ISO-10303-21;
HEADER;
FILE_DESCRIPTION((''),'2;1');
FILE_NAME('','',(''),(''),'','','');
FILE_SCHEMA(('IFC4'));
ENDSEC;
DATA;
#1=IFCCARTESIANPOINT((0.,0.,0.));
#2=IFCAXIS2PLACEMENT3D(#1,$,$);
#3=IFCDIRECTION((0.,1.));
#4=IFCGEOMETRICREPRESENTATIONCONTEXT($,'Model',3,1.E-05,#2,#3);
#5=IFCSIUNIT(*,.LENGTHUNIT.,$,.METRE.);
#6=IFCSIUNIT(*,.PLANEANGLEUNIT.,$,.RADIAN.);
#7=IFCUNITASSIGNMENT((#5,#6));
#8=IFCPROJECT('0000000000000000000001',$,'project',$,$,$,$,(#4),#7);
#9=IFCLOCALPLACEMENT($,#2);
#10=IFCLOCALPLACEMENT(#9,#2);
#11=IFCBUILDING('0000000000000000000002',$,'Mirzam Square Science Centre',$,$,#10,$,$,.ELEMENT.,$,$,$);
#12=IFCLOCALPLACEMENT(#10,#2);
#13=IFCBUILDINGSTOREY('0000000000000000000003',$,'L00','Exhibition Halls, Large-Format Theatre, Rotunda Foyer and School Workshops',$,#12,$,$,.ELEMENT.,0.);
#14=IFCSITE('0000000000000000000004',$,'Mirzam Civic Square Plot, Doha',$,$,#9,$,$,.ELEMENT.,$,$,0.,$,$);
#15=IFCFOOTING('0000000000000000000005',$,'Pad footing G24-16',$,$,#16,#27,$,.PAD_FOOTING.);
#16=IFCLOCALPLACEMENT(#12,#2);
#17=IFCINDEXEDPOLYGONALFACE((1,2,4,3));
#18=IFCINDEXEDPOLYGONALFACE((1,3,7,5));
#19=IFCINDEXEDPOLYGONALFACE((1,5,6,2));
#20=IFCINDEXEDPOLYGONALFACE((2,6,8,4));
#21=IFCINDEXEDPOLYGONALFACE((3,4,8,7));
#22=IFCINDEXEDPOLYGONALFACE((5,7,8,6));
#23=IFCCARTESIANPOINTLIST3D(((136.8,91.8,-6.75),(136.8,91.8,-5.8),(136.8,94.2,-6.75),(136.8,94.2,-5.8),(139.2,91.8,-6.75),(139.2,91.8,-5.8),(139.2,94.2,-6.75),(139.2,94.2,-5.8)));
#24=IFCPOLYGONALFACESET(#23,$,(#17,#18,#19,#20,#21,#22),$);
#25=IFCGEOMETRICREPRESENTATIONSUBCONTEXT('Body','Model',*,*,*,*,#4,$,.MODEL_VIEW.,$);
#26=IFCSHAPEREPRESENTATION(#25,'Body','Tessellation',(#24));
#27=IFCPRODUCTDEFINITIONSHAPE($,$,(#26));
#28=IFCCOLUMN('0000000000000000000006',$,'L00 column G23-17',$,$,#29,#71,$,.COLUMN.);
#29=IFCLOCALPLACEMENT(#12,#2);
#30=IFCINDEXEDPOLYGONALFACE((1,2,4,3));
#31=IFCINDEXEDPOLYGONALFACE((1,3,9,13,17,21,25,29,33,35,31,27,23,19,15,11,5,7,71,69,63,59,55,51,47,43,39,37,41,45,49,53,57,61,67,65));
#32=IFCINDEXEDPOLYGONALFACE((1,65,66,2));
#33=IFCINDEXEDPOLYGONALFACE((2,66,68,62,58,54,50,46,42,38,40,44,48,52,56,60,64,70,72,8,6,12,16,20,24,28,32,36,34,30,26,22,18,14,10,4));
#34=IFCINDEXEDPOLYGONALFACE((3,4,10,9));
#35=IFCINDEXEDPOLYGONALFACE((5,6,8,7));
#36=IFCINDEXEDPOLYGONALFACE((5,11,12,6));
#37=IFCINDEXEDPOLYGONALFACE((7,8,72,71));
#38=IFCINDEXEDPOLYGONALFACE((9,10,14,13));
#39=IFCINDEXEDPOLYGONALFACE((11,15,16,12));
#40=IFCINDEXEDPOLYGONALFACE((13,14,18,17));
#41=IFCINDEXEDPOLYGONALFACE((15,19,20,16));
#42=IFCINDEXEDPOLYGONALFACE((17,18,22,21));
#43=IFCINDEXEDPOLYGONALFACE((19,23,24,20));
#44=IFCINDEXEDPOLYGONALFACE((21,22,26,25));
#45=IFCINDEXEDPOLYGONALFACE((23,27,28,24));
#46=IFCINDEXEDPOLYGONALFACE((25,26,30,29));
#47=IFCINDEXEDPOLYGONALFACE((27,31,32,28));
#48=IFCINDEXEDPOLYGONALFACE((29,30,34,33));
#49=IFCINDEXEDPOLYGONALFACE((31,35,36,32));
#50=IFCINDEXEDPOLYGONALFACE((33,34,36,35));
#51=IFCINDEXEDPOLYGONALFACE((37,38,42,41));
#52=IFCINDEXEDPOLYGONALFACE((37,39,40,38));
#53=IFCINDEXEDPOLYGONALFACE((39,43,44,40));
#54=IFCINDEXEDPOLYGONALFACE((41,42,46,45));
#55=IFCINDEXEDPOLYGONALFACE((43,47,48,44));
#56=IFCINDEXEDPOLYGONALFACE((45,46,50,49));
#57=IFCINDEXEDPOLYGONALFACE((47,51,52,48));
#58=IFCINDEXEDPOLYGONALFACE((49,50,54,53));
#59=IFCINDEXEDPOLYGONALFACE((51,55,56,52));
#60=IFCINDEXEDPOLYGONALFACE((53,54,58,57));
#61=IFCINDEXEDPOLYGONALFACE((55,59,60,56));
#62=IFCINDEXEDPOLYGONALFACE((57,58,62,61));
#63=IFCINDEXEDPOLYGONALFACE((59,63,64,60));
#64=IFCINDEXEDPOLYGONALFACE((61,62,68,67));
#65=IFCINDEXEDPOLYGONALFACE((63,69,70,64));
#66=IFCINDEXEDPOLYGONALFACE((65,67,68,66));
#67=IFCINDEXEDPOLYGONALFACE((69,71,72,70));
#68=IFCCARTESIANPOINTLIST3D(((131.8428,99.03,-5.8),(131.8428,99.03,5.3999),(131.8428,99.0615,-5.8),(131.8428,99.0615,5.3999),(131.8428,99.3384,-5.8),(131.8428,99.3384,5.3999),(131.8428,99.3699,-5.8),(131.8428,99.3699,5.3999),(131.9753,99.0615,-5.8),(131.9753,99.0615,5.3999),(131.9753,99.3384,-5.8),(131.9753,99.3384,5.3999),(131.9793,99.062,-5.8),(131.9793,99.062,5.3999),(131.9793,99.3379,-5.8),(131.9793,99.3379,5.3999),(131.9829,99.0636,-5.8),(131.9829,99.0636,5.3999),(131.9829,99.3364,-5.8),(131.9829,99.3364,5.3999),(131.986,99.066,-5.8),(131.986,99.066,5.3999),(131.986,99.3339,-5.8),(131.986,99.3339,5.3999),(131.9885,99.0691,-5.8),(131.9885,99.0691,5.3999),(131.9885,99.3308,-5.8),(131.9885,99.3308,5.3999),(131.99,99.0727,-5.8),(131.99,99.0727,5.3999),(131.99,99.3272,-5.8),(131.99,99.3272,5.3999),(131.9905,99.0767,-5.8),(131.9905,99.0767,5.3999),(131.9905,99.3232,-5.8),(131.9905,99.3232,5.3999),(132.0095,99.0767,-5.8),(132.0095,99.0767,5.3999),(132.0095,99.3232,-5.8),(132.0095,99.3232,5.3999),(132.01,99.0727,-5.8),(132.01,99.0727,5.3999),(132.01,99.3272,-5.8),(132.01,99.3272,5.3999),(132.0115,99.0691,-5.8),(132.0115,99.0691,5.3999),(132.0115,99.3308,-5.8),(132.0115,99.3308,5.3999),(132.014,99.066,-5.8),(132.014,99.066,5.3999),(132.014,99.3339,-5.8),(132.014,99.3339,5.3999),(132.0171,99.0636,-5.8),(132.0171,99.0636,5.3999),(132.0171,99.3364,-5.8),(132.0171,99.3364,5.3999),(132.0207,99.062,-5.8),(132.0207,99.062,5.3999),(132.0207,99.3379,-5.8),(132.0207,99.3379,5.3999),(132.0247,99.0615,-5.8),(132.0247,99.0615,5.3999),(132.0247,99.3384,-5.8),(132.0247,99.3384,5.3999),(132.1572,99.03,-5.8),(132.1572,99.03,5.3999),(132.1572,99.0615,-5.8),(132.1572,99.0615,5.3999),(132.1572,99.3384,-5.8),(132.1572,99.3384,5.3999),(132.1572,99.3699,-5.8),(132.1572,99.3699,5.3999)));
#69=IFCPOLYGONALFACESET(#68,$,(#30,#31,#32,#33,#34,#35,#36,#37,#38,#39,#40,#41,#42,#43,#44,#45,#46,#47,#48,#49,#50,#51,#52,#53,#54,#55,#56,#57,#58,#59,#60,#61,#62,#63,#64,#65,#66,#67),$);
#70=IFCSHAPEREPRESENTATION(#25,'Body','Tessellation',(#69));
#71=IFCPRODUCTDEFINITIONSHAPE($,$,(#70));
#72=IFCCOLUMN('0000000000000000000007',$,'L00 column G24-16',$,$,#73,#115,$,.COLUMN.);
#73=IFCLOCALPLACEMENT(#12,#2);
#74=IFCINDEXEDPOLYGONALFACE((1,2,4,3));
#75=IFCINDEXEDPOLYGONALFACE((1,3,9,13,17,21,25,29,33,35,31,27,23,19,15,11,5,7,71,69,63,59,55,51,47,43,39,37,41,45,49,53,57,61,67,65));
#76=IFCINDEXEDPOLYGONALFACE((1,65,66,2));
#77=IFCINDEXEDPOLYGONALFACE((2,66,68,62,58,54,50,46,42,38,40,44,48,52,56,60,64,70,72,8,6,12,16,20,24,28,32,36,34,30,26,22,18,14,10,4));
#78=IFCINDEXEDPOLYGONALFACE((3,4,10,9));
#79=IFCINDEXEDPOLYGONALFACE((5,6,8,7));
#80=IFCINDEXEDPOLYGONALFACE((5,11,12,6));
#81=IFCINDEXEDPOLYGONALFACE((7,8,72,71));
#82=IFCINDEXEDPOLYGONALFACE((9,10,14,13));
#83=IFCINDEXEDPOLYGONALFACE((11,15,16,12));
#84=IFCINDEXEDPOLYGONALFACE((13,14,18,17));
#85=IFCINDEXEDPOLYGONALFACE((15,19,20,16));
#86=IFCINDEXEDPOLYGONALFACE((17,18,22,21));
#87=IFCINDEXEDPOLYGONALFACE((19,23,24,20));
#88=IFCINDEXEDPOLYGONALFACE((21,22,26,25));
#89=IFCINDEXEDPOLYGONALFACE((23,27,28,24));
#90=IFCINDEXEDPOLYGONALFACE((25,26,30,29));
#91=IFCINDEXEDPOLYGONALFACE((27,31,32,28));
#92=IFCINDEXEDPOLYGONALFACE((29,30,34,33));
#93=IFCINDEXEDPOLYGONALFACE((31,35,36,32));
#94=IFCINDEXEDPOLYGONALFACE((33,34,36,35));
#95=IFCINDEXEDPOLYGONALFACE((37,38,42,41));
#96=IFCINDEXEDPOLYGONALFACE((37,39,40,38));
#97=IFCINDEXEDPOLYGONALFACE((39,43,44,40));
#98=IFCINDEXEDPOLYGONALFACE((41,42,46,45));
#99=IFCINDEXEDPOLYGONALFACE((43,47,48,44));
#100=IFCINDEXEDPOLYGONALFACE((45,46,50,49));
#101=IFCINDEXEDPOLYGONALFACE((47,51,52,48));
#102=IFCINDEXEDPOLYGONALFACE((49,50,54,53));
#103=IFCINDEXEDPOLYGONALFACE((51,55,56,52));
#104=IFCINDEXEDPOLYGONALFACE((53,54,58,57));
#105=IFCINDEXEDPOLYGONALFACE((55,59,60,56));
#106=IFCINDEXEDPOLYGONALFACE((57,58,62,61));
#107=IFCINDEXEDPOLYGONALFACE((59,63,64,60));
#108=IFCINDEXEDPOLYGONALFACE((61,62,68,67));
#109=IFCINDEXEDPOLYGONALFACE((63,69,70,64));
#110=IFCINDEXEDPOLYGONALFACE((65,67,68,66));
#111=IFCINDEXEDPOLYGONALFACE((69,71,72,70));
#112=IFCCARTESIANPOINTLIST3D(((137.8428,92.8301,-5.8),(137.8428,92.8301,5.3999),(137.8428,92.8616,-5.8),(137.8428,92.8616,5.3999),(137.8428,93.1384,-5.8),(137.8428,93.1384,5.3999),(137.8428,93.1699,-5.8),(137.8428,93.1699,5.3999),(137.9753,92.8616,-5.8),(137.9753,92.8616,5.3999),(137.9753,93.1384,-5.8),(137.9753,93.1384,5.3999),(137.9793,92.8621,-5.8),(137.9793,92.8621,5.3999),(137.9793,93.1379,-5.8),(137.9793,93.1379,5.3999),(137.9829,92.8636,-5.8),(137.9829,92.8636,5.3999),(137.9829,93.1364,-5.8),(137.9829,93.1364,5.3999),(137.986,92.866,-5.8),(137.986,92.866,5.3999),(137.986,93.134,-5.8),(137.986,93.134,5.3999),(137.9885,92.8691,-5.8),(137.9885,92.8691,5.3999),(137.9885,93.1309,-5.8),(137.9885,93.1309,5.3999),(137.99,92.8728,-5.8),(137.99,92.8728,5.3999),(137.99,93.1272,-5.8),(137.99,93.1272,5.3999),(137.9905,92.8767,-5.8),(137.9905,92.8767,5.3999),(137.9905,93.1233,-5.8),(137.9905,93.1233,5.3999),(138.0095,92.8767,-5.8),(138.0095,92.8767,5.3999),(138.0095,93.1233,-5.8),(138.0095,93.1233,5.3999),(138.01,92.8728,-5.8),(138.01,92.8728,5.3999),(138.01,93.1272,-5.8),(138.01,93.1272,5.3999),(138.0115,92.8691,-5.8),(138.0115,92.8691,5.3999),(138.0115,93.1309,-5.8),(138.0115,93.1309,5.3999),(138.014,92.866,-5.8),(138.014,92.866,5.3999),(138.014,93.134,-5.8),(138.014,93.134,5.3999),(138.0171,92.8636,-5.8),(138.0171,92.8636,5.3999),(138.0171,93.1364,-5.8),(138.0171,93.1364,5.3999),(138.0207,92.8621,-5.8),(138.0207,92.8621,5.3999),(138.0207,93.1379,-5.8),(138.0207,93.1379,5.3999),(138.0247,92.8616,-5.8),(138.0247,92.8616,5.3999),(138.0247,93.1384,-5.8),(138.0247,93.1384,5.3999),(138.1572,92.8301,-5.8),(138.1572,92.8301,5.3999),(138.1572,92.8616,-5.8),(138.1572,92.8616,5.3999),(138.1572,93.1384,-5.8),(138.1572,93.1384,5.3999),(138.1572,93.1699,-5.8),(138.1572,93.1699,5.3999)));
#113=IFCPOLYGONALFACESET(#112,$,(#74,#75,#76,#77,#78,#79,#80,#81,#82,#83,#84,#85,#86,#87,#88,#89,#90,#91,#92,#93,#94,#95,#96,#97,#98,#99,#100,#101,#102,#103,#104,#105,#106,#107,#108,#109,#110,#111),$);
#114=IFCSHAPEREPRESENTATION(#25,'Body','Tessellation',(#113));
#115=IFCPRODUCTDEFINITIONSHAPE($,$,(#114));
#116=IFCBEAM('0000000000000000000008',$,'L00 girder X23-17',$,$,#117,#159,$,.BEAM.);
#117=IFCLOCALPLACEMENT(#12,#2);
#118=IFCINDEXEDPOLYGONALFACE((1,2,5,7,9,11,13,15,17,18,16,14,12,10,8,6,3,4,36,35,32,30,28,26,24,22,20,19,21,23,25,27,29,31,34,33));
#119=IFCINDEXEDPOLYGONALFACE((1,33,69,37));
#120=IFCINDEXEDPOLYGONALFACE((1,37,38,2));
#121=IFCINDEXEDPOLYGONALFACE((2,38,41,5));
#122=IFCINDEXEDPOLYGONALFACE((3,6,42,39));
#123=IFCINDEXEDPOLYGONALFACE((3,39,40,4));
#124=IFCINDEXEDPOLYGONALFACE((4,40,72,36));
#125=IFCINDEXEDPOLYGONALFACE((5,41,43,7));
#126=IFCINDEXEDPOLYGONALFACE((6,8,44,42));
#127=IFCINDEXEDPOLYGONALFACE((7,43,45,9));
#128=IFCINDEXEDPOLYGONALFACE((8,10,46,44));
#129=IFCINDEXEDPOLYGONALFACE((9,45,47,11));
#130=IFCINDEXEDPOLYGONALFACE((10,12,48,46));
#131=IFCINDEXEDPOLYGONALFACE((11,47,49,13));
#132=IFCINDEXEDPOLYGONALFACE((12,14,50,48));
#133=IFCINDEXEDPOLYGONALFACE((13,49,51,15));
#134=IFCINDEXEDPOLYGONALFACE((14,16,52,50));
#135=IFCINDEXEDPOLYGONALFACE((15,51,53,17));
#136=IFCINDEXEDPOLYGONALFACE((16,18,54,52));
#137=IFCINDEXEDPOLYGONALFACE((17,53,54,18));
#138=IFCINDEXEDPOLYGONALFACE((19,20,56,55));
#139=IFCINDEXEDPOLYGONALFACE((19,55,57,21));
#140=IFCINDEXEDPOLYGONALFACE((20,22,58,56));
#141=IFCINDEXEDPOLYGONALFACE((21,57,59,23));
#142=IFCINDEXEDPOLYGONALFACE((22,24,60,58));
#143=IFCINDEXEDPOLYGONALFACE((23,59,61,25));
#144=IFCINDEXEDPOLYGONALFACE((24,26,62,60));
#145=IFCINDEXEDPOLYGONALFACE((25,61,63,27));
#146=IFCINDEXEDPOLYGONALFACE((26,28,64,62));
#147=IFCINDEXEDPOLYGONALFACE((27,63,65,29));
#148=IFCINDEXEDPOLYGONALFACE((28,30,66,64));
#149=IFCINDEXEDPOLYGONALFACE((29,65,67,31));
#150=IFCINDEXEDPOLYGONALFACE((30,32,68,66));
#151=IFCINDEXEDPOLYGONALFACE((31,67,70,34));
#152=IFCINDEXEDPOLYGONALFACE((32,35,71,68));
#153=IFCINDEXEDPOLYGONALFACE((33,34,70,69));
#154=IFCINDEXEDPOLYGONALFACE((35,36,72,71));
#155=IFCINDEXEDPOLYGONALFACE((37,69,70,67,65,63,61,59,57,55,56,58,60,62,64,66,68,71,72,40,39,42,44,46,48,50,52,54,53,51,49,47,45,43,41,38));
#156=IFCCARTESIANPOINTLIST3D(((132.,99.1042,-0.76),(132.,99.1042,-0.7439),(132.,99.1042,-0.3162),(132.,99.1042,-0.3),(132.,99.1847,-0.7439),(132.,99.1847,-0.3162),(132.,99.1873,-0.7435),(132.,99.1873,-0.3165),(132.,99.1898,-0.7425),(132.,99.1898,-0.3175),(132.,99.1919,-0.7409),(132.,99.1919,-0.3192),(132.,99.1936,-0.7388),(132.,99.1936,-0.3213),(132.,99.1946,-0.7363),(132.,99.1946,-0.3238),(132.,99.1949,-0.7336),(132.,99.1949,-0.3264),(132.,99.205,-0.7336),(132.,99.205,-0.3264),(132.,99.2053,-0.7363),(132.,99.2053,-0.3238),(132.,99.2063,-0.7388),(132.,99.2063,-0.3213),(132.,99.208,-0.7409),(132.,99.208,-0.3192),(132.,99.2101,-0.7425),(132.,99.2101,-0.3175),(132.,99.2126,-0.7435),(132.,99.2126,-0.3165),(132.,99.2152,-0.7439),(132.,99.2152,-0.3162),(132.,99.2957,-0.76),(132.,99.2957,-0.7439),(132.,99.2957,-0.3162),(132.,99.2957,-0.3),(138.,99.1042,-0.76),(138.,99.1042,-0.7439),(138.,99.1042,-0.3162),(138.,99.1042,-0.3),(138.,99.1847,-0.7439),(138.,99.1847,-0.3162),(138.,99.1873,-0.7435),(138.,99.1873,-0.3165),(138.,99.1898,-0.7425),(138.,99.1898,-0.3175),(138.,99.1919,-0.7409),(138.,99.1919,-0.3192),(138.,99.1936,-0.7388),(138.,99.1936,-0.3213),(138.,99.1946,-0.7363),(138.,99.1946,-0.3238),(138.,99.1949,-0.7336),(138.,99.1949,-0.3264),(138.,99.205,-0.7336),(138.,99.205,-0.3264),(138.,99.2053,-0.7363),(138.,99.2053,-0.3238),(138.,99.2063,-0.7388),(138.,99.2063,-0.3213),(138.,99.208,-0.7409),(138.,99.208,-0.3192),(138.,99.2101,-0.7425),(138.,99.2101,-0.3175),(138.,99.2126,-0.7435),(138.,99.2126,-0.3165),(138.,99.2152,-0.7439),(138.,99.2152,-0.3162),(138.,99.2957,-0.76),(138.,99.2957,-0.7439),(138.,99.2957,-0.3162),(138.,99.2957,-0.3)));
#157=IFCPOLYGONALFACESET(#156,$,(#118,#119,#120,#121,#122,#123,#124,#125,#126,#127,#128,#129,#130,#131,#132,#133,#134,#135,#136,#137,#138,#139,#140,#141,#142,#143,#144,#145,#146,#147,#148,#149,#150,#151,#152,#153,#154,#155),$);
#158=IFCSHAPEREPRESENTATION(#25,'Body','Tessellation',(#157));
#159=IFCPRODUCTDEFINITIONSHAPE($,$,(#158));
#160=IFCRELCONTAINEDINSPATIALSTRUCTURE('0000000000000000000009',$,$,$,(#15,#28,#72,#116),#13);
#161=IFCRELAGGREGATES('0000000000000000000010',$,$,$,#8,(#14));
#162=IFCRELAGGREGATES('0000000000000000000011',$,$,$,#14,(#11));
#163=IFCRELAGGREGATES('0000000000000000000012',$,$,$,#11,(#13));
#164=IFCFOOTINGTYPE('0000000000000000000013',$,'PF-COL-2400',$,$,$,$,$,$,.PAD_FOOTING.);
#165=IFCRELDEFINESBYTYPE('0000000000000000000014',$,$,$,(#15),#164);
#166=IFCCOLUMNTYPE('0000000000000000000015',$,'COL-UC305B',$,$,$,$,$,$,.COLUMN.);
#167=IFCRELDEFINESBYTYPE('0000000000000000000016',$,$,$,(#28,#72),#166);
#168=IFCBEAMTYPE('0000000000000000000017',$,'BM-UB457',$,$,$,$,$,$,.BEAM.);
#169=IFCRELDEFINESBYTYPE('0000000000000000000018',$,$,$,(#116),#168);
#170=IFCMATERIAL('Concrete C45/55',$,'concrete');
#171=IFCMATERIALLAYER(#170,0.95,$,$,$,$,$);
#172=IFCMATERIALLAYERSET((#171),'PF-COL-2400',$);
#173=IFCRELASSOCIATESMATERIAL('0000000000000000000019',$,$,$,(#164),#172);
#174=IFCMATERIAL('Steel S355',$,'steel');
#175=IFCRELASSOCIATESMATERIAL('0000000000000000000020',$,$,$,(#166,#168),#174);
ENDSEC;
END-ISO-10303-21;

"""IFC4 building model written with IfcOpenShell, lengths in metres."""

from ifc_helpers import new_model, si_unit, direction, frame, origin, origin_2d, place, context, subcontext, project, spatial, rectangle, i_section, extrude, material, layer, layer_set, material_profile, profile_set, type_object, element, save


model = new_model("IFC4")

# Units and contexts
model_context = context("Model", 3, precision=1e-05, world=origin(), true_north=direction((0.0, 1.0)))
body_context = subcontext(model_context, "Body", "Model", "MODEL_VIEW")
ifc_project = project(units=[si_unit("LENGTHUNIT", "METRE"), si_unit("PLANEANGLEUNIT", "RADIAN")], contexts=[model_context])

# Site, building, storey
site_placement = place(None, origin())
site = spatial("IfcSite", under=ifc_project, at=site_placement, Name="Mirzam Civic Square Plot, Doha", CompositionType="ELEMENT", RefElevation=0.0)
building_placement = place(site_placement, origin())
building = spatial("IfcBuilding", under=site, at=building_placement, Name="Mirzam Square Science Centre", CompositionType="ELEMENT")
storey_placement = place(building_placement, origin())
storey = spatial("IfcBuildingStorey", under=building, at=storey_placement, Name="L00", Description="Exhibition Halls, Large-Format Theatre, Rotunda Foyer and School Workshops", CompositionType="ELEMENT", Elevation=0.0)

# Footing
ifc_material_1 = material(Name="Concrete C45/55", Category="concrete")
ifc_layer_1 = layer(ifc_material_1, 0.95)
ifc_layer_set_1 = layer_set([ifc_layer_1], Name="PF-COL-2400")
footing_type = type_object("IfcFootingType", Name="PF-COL-2400", PredefinedType="PAD_FOOTING", material=ifc_layer_set_1)
footing_placement = place(storey_placement, frame((138.0, 93.0, -6.75), z_axis=(0.0, 0.0, 1.0), x_axis=(1.0, 0.0, 0.0)))
element("IfcFooting", 1, at=footing_placement, inside=storey, type_object=footing_type, Name="Pad footing G24-16", PredefinedType="PAD_FOOTING", context=body_context, shape_type="SweptSolid", body=[
    extrude(rectangle(XDim=2.3999, YDim=2.3999, at=origin_2d()), origin(), (0.0, 0.0, 1.0), 0.95),
])

# Columns
ifc_material_2 = material(Name="Steel S355", Category="steel")
ifc_material_profile_1 = material_profile(ifc_material_2, i_section(OverallWidth=0.3145, OverallDepth=0.3398, WebThickness=0.019, FlangeThickness=0.0315, FilletRadius=0.0151, at=origin_2d()), Name="305x305x198UC")
ifc_profile_set_1 = profile_set([ifc_material_profile_1], Name="Steel S355")
column_type = type_object("IfcColumnType", Name="COL-UC305B", PredefinedType="COLUMN", material=ifc_profile_set_1)
for number, where, z_axis, x_axis, name in (
    (2, (132.0, 99.2, -5.8), (0.0, 0.0, 1.0), (1.0, 0.0, 0.0), "L00 column G23-17"),
    (3, (138.0, 93.0, -5.8), (0.0, 0.0, 1.0), (1.0, 0.0, 0.0), "L00 column G24-16"),
):
    element("IfcColumn", number, at=place(storey_placement, frame(where, z_axis=z_axis, x_axis=x_axis)), inside=storey, type_object=column_type, Name=name, PredefinedType="COLUMN", context=body_context, shape_type="SweptSolid", body=[
        extrude(i_section(OverallWidth=0.3145, OverallDepth=0.3398, WebThickness=0.019, FlangeThickness=0.0315, FilletRadius=0.0151, at=origin_2d()), origin(), (0.0, 0.0, 1.0), 11.2),
    ])

# Beam
ifc_material_profile_2 = material_profile(ifc_material_2, i_section(OverallWidth=0.1914, OverallDepth=0.46, WebThickness=0.01, FlangeThickness=0.0161, FilletRadius=0.0103, at=origin_2d()), Name="457x191x82UB")
ifc_profile_set_2 = profile_set([ifc_material_profile_2], Name="Steel S355")
beam_type_1 = type_object("IfcBeamType", Name="BM-UB457", PredefinedType="BEAM", material=ifc_profile_set_2)
beam_1_placement = place(storey_placement, frame((132.0, 99.2, -0.53), z_axis=(1.0, 0.0, 0.0), x_axis=(0.0, 1.0, 0.0)))
element("IfcBeam", 4, at=beam_1_placement, inside=storey, type_object=beam_type_1, Name="L00 girder X23-17", PredefinedType="BEAM", context=body_context, shape_type="SweptSolid", body=[
    extrude(i_section(OverallWidth=0.1914, OverallDepth=0.46, WebThickness=0.01, FlangeThickness=0.0161, FilletRadius=0.0103, at=origin_2d()), origin(), (0.0, 0.0, 1.0), 6.0),
])

save(model, "model.ifc")
